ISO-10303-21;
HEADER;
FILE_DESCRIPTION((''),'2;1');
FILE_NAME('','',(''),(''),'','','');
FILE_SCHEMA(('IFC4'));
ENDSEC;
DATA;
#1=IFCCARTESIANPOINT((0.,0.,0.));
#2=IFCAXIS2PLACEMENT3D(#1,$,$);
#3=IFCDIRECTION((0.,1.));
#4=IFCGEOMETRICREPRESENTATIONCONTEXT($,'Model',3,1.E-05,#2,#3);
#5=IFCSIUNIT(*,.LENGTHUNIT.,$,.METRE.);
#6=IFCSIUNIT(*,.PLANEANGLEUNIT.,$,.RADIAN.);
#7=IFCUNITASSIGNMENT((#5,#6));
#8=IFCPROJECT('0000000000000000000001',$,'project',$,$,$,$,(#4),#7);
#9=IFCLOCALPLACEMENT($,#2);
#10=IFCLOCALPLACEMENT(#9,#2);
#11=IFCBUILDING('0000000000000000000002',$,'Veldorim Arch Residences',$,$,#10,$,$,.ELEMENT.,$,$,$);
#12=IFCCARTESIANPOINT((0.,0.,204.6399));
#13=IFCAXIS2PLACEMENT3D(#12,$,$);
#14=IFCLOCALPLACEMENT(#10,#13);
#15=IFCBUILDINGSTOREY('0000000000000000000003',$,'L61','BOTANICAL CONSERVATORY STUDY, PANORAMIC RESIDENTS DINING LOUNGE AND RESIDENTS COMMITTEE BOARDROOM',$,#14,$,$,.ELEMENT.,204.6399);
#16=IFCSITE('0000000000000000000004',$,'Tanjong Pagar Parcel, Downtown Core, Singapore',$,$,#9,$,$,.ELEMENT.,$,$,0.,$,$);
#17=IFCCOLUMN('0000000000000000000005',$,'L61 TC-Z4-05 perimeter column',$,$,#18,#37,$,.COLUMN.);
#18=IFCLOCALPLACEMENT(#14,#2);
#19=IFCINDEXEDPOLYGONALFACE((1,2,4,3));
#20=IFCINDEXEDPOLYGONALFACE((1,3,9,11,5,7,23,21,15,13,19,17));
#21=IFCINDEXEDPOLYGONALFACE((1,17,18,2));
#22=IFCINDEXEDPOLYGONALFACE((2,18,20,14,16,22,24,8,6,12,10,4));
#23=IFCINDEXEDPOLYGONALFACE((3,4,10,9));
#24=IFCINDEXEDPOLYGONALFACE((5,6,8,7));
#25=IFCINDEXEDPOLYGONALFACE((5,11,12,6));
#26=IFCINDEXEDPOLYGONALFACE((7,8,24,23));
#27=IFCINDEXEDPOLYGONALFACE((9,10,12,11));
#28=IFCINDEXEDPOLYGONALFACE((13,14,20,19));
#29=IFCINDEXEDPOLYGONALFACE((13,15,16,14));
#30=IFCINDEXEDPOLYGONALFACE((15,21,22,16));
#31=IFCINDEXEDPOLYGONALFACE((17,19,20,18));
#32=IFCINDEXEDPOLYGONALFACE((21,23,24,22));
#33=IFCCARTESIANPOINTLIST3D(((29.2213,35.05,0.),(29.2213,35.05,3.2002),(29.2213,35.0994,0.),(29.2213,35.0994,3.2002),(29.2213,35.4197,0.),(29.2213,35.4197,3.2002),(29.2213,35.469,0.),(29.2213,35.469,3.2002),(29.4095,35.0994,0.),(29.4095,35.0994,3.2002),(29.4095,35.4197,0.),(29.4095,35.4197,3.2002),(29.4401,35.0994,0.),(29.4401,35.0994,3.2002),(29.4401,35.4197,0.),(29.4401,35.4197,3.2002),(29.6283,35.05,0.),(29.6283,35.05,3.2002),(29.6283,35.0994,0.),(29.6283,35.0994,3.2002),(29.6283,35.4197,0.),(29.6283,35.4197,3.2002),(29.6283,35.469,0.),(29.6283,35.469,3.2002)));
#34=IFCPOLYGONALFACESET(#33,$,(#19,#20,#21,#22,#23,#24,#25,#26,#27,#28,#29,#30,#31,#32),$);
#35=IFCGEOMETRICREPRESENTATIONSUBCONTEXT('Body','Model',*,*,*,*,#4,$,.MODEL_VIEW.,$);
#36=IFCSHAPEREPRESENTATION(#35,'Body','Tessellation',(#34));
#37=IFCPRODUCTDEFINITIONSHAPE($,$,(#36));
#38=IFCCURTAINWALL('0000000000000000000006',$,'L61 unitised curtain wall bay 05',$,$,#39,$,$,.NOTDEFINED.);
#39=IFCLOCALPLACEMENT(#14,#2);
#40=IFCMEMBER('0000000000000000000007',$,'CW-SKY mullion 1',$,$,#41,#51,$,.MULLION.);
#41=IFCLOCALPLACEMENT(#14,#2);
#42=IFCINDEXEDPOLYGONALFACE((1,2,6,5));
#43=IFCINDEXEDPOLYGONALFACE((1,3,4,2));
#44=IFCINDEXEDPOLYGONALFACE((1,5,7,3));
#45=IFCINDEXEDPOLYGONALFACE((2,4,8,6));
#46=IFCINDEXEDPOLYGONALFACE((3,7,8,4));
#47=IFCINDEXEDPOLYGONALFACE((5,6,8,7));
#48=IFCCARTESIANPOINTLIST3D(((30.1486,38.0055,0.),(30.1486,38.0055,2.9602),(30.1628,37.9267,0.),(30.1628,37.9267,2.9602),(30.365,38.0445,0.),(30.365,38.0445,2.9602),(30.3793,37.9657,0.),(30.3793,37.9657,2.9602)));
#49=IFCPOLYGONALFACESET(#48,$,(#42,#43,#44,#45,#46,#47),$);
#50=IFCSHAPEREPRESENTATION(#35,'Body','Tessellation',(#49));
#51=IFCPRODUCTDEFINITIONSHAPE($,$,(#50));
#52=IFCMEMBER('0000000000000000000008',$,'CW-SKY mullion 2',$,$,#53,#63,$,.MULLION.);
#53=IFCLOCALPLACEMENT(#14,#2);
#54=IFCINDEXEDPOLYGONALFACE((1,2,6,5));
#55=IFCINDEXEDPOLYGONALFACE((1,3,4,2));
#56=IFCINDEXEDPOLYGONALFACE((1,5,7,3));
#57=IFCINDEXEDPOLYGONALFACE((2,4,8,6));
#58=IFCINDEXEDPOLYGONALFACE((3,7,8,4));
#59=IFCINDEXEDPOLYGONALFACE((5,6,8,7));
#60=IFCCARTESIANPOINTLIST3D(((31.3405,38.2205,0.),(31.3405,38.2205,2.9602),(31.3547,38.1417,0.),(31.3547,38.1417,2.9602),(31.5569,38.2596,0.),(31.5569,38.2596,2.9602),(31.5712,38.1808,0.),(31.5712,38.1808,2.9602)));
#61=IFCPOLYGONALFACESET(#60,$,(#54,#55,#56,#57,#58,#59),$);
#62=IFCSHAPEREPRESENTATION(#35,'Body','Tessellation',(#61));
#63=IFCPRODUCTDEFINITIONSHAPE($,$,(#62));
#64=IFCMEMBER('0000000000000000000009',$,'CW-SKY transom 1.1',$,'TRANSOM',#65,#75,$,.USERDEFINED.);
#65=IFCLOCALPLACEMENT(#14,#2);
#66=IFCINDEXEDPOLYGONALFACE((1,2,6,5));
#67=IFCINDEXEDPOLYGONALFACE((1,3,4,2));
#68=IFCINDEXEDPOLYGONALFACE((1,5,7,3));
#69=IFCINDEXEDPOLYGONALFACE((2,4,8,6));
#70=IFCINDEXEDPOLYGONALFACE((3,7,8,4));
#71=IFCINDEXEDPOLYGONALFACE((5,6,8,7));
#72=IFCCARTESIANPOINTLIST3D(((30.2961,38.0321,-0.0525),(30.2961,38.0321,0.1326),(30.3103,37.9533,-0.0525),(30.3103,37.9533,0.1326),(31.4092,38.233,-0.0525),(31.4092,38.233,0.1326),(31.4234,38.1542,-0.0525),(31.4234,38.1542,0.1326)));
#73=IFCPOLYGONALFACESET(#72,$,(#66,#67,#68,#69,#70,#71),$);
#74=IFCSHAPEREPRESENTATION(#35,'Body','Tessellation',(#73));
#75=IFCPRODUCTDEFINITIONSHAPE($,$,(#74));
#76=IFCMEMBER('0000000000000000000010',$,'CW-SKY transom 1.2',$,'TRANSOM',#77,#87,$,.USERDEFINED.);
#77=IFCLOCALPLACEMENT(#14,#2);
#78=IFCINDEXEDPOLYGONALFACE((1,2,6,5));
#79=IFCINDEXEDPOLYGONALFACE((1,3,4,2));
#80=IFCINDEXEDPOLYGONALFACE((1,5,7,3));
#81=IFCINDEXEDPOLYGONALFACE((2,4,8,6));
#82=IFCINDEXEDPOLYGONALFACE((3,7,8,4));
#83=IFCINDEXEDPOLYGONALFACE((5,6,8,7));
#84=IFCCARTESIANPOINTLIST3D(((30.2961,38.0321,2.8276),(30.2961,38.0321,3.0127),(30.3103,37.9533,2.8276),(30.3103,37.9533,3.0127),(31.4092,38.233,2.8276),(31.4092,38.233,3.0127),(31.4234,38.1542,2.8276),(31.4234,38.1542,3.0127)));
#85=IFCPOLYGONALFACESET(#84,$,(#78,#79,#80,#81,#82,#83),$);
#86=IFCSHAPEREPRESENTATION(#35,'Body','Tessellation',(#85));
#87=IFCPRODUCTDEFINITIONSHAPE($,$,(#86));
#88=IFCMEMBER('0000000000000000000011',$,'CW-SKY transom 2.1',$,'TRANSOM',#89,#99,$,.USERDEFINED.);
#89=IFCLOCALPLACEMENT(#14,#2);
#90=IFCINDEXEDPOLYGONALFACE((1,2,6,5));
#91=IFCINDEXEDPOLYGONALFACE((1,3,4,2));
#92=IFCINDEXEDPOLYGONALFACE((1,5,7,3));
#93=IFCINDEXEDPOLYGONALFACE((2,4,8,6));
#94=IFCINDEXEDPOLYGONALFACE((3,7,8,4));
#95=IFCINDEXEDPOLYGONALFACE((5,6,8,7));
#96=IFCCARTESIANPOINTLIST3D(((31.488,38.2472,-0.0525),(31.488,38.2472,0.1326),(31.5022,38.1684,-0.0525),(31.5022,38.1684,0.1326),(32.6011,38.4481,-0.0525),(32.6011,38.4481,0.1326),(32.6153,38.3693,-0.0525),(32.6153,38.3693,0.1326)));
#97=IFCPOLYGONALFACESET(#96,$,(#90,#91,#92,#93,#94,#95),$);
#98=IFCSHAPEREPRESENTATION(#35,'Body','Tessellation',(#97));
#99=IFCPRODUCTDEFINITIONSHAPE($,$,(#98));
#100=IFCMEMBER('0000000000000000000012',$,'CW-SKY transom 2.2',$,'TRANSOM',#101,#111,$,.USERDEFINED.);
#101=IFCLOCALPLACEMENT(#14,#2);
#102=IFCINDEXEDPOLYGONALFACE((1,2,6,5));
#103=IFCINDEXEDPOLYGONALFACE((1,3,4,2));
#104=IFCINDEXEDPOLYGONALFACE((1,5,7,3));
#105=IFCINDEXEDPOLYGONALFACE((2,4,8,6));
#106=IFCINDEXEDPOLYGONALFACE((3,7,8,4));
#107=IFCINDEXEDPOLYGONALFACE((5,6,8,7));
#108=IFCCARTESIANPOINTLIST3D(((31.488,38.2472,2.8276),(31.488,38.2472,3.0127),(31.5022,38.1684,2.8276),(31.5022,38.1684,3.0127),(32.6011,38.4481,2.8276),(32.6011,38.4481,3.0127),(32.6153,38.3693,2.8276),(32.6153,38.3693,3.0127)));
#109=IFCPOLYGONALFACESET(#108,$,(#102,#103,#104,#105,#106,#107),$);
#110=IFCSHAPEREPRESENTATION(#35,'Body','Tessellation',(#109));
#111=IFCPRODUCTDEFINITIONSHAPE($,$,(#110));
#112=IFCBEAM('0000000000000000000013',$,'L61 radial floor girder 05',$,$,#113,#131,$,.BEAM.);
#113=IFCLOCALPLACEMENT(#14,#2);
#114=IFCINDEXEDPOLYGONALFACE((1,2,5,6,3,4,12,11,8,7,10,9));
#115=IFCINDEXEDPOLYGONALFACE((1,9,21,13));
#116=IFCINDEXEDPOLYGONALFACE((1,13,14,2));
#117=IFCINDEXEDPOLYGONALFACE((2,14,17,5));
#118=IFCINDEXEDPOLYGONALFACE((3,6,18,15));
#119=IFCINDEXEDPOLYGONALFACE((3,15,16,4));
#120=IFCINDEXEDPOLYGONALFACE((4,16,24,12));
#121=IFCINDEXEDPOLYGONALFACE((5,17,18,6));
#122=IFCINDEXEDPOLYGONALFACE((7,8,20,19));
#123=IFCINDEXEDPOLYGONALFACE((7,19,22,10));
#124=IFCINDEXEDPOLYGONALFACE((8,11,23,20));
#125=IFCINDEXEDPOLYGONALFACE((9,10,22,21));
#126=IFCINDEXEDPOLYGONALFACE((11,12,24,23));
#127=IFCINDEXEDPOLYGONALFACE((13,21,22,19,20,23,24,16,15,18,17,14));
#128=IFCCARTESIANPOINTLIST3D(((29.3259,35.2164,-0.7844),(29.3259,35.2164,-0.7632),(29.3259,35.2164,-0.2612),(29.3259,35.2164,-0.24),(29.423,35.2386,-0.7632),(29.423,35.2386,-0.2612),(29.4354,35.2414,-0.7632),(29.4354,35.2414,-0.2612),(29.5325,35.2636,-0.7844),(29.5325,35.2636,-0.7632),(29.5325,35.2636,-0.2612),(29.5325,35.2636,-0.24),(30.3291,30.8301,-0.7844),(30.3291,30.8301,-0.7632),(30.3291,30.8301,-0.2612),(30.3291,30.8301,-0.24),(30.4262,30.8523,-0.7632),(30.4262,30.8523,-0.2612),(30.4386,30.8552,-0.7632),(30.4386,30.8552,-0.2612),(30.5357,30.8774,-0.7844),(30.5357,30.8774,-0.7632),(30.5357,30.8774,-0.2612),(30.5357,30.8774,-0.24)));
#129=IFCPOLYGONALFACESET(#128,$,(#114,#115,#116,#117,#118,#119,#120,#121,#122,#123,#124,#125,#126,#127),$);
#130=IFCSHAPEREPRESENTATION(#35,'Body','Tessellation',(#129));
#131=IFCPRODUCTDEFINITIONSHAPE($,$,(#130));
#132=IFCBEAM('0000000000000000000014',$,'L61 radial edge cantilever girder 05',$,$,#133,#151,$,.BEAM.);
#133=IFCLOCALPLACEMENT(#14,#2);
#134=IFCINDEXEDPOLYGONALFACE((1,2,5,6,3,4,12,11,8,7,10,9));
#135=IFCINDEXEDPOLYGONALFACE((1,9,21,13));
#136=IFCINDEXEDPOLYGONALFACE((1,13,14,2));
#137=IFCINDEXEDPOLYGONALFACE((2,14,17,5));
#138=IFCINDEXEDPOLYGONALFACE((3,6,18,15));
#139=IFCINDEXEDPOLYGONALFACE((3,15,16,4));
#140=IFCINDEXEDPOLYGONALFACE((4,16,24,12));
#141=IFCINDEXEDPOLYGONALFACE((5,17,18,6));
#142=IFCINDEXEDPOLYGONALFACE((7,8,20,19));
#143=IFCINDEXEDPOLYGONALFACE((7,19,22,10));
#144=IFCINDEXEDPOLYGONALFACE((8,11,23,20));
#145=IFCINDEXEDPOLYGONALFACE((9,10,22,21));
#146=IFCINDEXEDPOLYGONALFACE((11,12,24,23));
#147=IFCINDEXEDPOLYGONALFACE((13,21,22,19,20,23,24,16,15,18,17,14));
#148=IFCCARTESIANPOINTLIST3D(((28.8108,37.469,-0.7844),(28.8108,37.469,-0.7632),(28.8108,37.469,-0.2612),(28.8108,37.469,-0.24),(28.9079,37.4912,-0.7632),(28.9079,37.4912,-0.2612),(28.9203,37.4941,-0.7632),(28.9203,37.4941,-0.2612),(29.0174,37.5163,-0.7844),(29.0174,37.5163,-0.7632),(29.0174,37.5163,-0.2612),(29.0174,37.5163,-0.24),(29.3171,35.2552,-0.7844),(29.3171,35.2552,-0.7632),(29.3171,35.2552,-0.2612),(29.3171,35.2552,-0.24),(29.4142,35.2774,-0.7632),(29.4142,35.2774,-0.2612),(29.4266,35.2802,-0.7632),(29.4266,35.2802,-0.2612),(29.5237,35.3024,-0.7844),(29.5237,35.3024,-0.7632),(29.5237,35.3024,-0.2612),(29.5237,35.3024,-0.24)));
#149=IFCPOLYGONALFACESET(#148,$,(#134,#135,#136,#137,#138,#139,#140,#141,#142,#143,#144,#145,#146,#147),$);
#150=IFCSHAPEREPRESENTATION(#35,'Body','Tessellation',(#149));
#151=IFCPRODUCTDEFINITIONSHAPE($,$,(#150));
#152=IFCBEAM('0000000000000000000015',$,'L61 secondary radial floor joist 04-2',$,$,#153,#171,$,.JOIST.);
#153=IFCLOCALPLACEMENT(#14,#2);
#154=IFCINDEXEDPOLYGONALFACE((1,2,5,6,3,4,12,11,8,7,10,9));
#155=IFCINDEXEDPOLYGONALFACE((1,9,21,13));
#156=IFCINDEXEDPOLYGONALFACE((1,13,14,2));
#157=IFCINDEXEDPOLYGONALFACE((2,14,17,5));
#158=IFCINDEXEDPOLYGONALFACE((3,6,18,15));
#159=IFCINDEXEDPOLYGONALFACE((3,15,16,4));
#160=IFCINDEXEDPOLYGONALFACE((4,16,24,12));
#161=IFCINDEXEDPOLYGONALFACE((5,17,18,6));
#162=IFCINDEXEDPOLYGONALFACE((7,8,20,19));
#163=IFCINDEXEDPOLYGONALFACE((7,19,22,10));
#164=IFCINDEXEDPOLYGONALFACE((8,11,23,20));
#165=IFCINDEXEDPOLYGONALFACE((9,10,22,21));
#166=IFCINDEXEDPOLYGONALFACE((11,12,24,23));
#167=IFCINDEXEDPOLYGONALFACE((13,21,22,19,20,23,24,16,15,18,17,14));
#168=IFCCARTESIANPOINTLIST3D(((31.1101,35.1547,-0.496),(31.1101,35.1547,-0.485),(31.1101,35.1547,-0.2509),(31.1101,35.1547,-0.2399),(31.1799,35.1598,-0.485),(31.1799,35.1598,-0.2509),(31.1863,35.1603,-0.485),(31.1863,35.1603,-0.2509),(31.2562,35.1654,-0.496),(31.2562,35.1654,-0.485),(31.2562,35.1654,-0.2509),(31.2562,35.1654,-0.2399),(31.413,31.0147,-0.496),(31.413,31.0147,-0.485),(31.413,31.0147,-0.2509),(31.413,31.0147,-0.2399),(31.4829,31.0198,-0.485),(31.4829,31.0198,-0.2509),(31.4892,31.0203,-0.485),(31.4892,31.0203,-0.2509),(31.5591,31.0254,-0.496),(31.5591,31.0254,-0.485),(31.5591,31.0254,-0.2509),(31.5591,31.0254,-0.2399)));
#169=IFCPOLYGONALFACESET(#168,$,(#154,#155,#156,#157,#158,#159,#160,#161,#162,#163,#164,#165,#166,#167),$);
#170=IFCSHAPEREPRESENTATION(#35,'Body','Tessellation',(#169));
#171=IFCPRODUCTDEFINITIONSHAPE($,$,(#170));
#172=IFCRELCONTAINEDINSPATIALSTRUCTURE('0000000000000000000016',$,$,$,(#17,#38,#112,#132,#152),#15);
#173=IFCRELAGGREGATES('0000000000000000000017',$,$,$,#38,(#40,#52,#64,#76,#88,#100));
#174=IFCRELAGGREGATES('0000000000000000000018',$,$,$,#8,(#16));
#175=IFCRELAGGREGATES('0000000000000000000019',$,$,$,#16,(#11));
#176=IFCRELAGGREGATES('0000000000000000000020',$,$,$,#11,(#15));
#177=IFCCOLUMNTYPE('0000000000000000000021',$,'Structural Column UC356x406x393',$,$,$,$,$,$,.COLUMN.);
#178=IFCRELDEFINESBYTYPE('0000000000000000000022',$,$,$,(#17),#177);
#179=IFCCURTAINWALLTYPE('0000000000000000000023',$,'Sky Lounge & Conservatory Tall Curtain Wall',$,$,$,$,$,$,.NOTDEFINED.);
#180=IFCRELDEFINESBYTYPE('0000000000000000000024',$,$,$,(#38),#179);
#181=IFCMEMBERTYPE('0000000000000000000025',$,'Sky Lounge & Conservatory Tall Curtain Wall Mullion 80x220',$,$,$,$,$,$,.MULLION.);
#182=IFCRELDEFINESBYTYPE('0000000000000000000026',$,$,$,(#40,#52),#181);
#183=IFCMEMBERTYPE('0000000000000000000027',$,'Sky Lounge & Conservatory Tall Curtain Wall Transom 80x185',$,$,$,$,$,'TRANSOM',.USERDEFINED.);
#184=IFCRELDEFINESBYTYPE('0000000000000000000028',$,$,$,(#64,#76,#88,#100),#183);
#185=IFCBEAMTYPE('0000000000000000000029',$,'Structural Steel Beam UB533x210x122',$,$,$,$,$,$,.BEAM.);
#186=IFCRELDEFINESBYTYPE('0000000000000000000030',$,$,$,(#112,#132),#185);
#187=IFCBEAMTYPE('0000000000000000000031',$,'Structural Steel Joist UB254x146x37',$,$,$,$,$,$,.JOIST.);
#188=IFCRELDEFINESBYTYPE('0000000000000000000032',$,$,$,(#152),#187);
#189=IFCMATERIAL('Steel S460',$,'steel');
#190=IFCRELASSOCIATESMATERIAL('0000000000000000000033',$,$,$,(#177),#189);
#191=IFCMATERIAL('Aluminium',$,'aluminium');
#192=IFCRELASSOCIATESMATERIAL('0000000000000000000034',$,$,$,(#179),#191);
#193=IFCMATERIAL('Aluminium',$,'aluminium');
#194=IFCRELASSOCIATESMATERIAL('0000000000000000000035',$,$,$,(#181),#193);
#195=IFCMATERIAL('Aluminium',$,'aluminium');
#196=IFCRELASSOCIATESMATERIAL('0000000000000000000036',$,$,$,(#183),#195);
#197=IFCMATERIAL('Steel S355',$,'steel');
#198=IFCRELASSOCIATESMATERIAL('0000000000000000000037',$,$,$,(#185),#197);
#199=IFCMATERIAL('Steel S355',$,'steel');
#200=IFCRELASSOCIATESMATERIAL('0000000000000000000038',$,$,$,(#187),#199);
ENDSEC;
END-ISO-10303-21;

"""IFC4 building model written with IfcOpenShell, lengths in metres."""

from ifc_helpers import new_model, si_unit, direction, frame, origin, origin_2d, place, context, subcontext, project, spatial, rectangle, i_section, extrude, material, material_profile, profile_set, type_object, element, aggregate, save


model = new_model("IFC4")

# Units and contexts
model_context = context("Model", 3, precision=1e-05, world=origin(), true_north=direction((0.0, 1.0)))
body_context = subcontext(model_context, "Body", "Model", "MODEL_VIEW")
ifc_project = project(units=[si_unit("LENGTHUNIT", "METRE"), si_unit("PLANEANGLEUNIT", "RADIAN")], contexts=[model_context])

# Site, building, storey
site_placement = place(None, origin())
site = spatial("IfcSite", under=ifc_project, at=site_placement, Name="Tanjong Pagar Parcel, Downtown Core, Singapore", CompositionType="ELEMENT", RefElevation=0.0)
building_placement = place(site_placement, origin())
building = spatial("IfcBuilding", under=site, at=building_placement, Name="Veldorim Arch Residences", CompositionType="ELEMENT")
storey_placement = place(building_placement, frame((0.0, 0.0, 204.6399)))
storey = spatial("IfcBuildingStorey", under=building, at=storey_placement, Name="L61", Description="BOTANICAL CONSERVATORY STUDY, PANORAMIC RESIDENTS DINING LOUNGE AND RESIDENTS COMMITTEE BOARDROOM", CompositionType="ELEMENT", Elevation=204.6399)

# Column
ifc_material_1 = material(Name="Steel S460", Category="steel")
ifc_material_profile_1 = material_profile(ifc_material_1, i_section(OverallWidth=0.407, OverallDepth=0.4189, WebThickness=0.0305, FlangeThickness=0.0493, at=origin_2d()), Name="UC356x406x393")
ifc_profile_set_1 = profile_set([ifc_material_profile_1], Name="Steel S460")
column_type = type_object("IfcColumnType", Name="Structural Column UC356x406x393", PredefinedType="COLUMN", material=ifc_profile_set_1)
column_placement = place(storey_placement, frame((29.4248, 35.2595, 0.0), z_axis=(0.0, 0.0, 1.0), x_axis=(1.0, 0.0, 0.0)))
element("IfcColumn", 1, at=column_placement, inside=storey, type_object=column_type, Name="L61 TC-Z4-05 perimeter column", PredefinedType="COLUMN", context=body_context, shape_type="SweptSolid", body=[
    extrude(i_section(OverallWidth=0.407, OverallDepth=0.4189, WebThickness=0.0305, FlangeThickness=0.0493, at=origin_2d()), origin(), (0.0, 0.0, 1.0), 3.2002),
])

# Curtain wall, members
ifc_material_2 = material(Name="Aluminium", Category="aluminium")
curtain_wall_type = type_object("IfcCurtainWallType", Name="Sky Lounge & Conservatory Tall Curtain Wall", PredefinedType="NOTDEFINED", material=ifc_material_2)
curtain_wall_placement = place(storey_placement, origin())
curtain_wall = element("IfcCurtainWall", 2, at=curtain_wall_placement, inside=storey, type_object=curtain_wall_type, Name="L61 unitised curtain wall bay 05", PredefinedType="NOTDEFINED")
ifc_material_3 = material(Name="Aluminium", Category="aluminium")
ifc_material_profile_2 = material_profile(ifc_material_3, rectangle(XDim=0.0801, YDim=0.22, at=origin_2d()), Name="ALU_MUL_80x220")
ifc_profile_set_2 = profile_set([ifc_material_profile_2], Name="Aluminium")
member_type_1 = type_object("IfcMemberType", Name="Sky Lounge & Conservatory Tall Curtain Wall Mullion 80x220", PredefinedType="MULLION", material=ifc_profile_set_2)
member_1_placement = place(storey_placement, frame((30.2639, 37.9856, 0.0), z_axis=(0.0, 0.0, 1.0), x_axis=(-0.177683, 0.984088, 0.0)))
member_1 = element("IfcMember", 3, at=member_1_placement, type_object=member_type_1, Name="CW-SKY mullion 1", PredefinedType="MULLION", context=body_context, shape_type="SweptSolid", body=[
    extrude(rectangle(XDim=0.0801, YDim=0.22, at=origin_2d()), origin(), (0.0, 0.0, 1.0), 2.9602),
])
member_2_placement = place(storey_placement, frame((31.4558, 38.2007, 0.0), z_axis=(0.0, 0.0, 1.0), x_axis=(-0.177683, 0.984088, 0.0)))
member_2 = element("IfcMember", 4, at=member_2_placement, type_object=member_type_1, Name="CW-SKY mullion 2", PredefinedType="MULLION", context=body_context, shape_type="SweptSolid", body=[
    extrude(rectangle(XDim=0.0801, YDim=0.22, at=origin_2d()), origin(), (0.0, 0.0, 1.0), 2.9602),
])
ifc_material_4 = material(Name="Aluminium", Category="aluminium")
ifc_material_profile_3 = material_profile(ifc_material_4, rectangle(XDim=0.0801, YDim=0.1851, at=origin_2d()), Name="ALU_TRN_80x185")
ifc_profile_set_3 = profile_set([ifc_material_profile_3], Name="Aluminium")
member_type_2 = type_object("IfcMemberType", Name="Sky Lounge & Conservatory Tall Curtain Wall Transom 80x185", ElementType="TRANSOM", PredefinedType="USERDEFINED", material=ifc_profile_set_3)
member_3_placement = place(storey_placement, frame((30.3032, 37.9927, 0.04), z_axis=(0.984094, 0.177651, 0.0), x_axis=(-0.177651, 0.984094, 0.0)))
member_3 = element("IfcMember", 5, at=member_3_placement, type_object=member_type_2, Name="CW-SKY transom 1.1", ObjectType="TRANSOM", PredefinedType="USERDEFINED", context=body_context, shape_type="SweptSolid", body=[
    extrude(rectangle(XDim=0.0801, YDim=0.1851, at=origin_2d()), origin(), (0.0, 0.0, 1.0), 1.1311),
])
member_4_placement = place(storey_placement, frame((30.3032, 37.9927, 2.9202), z_axis=(0.984094, 0.177651, 0.0), x_axis=(-0.177651, 0.984094, 0.0)))
member_4 = element("IfcMember", 6, at=member_4_placement, type_object=member_type_2, Name="CW-SKY transom 1.2", ObjectType="TRANSOM", PredefinedType="USERDEFINED", context=body_context, shape_type="SweptSolid", body=[
    extrude(rectangle(XDim=0.0801, YDim=0.1851, at=origin_2d()), origin(), (0.0, 0.0, 1.0), 1.1311),
])
member_5_placement = place(storey_placement, frame((31.4951, 38.2078, 0.04), z_axis=(0.984094, 0.177651, 0.0), x_axis=(-0.177651, 0.984094, 0.0)))
member_5 = element("IfcMember", 7, at=member_5_placement, type_object=member_type_2, Name="CW-SKY transom 2.1", ObjectType="TRANSOM", PredefinedType="USERDEFINED", context=body_context, shape_type="SweptSolid", body=[
    extrude(rectangle(XDim=0.0801, YDim=0.1851, at=origin_2d()), origin(), (0.0, 0.0, 1.0), 1.1311),
])
member_6_placement = place(storey_placement, frame((31.4951, 38.2078, 2.9202), z_axis=(0.984094, 0.177651, 0.0), x_axis=(-0.177651, 0.984094, 0.0)))
member_6 = element("IfcMember", 8, at=member_6_placement, type_object=member_type_2, Name="CW-SKY transom 2.2", ObjectType="TRANSOM", PredefinedType="USERDEFINED", context=body_context, shape_type="SweptSolid", body=[
    extrude(rectangle(XDim=0.0801, YDim=0.1851, at=origin_2d()), origin(), (0.0, 0.0, 1.0), 1.1311),
])

# Beams
ifc_material_5 = material(Name="Steel S355", Category="steel")
ifc_material_profile_4 = material_profile(ifc_material_5, i_section(OverallWidth=0.2119, OverallDepth=0.5444, WebThickness=0.0127, FlangeThickness=0.0212, at=origin_2d()), Name="UB533x210x122")
ifc_profile_set_4 = profile_set([ifc_material_profile_4], Name="Steel S355")
beam_type_1 = type_object("IfcBeamType", Name="Structural Steel Beam UB533x210x122", PredefinedType="BEAM", material=ifc_profile_set_4)
beam_1_placement = place(storey_placement, frame((30.4324, 30.8538, -0.5122), z_axis=(-0.222953, 0.974829, 0.0), x_axis=(-0.974829, -0.222953, 0.0)))
element("IfcBeam", 9, at=beam_1_placement, inside=storey, type_object=beam_type_1, Name="L61 radial floor girder 05", PredefinedType="BEAM", context=body_context, shape_type="SweptSolid", body=[
    extrude(i_section(OverallWidth=0.2119, OverallDepth=0.5444, WebThickness=0.0127, FlangeThickness=0.0212, at=origin_2d()), origin(), (0.0, 0.0, 1.0), 4.4995),
])
beam_2_placement = place(storey_placement, frame((29.4204, 35.2788, -0.5122), z_axis=(-0.222959, 0.974828, 0.0), x_axis=(-0.974828, -0.222959, 0.0)))
element("IfcBeam", 10, at=beam_2_placement, inside=storey, type_object=beam_type_1, Name="L61 radial edge cantilever girder 05", PredefinedType="BEAM", context=body_context, shape_type="SweptSolid", body=[
    extrude(i_section(OverallWidth=0.2119, OverallDepth=0.5444, WebThickness=0.0127, FlangeThickness=0.0212, at=origin_2d()), origin(), (0.0, 0.0, 1.0), 2.271),
])
ifc_material_6 = material(Name="Steel S355", Category="steel")
ifc_material_profile_5 = material_profile(ifc_material_6, i_section(OverallWidth=0.1465, OverallDepth=0.2561, WebThickness=0.0063, FlangeThickness=0.011, at=origin_2d()), Name="UB254x146x37")
ifc_profile_set_5 = profile_set([ifc_material_profile_5], Name="Steel S355")
beam_type_2 = type_object("IfcBeamType", Name="Structural Steel Joist UB254x146x37", PredefinedType="JOIST", material=ifc_profile_set_5)
beam_3_placement = place(storey_placement, frame((31.4861, 31.02, -0.3679), z_axis=(-0.072986, 0.997333, 0.0), x_axis=(-0.997333, -0.072986, 0.0)))
element("IfcBeam", 11, at=beam_3_placement, inside=storey, type_object=beam_type_2, Name="L61 secondary radial floor joist 04-2", PredefinedType="JOIST", context=body_context, shape_type="SweptSolid", body=[
    extrude(i_section(OverallWidth=0.1465, OverallDepth=0.2561, WebThickness=0.0063, FlangeThickness=0.011, at=origin_2d()), origin(), (0.0, 0.0, 1.0), 4.1511),
])

aggregate(curtain_wall, [member_1, member_2, member_3, member_4, member_5, member_6])

save(model, "model.ifc")
